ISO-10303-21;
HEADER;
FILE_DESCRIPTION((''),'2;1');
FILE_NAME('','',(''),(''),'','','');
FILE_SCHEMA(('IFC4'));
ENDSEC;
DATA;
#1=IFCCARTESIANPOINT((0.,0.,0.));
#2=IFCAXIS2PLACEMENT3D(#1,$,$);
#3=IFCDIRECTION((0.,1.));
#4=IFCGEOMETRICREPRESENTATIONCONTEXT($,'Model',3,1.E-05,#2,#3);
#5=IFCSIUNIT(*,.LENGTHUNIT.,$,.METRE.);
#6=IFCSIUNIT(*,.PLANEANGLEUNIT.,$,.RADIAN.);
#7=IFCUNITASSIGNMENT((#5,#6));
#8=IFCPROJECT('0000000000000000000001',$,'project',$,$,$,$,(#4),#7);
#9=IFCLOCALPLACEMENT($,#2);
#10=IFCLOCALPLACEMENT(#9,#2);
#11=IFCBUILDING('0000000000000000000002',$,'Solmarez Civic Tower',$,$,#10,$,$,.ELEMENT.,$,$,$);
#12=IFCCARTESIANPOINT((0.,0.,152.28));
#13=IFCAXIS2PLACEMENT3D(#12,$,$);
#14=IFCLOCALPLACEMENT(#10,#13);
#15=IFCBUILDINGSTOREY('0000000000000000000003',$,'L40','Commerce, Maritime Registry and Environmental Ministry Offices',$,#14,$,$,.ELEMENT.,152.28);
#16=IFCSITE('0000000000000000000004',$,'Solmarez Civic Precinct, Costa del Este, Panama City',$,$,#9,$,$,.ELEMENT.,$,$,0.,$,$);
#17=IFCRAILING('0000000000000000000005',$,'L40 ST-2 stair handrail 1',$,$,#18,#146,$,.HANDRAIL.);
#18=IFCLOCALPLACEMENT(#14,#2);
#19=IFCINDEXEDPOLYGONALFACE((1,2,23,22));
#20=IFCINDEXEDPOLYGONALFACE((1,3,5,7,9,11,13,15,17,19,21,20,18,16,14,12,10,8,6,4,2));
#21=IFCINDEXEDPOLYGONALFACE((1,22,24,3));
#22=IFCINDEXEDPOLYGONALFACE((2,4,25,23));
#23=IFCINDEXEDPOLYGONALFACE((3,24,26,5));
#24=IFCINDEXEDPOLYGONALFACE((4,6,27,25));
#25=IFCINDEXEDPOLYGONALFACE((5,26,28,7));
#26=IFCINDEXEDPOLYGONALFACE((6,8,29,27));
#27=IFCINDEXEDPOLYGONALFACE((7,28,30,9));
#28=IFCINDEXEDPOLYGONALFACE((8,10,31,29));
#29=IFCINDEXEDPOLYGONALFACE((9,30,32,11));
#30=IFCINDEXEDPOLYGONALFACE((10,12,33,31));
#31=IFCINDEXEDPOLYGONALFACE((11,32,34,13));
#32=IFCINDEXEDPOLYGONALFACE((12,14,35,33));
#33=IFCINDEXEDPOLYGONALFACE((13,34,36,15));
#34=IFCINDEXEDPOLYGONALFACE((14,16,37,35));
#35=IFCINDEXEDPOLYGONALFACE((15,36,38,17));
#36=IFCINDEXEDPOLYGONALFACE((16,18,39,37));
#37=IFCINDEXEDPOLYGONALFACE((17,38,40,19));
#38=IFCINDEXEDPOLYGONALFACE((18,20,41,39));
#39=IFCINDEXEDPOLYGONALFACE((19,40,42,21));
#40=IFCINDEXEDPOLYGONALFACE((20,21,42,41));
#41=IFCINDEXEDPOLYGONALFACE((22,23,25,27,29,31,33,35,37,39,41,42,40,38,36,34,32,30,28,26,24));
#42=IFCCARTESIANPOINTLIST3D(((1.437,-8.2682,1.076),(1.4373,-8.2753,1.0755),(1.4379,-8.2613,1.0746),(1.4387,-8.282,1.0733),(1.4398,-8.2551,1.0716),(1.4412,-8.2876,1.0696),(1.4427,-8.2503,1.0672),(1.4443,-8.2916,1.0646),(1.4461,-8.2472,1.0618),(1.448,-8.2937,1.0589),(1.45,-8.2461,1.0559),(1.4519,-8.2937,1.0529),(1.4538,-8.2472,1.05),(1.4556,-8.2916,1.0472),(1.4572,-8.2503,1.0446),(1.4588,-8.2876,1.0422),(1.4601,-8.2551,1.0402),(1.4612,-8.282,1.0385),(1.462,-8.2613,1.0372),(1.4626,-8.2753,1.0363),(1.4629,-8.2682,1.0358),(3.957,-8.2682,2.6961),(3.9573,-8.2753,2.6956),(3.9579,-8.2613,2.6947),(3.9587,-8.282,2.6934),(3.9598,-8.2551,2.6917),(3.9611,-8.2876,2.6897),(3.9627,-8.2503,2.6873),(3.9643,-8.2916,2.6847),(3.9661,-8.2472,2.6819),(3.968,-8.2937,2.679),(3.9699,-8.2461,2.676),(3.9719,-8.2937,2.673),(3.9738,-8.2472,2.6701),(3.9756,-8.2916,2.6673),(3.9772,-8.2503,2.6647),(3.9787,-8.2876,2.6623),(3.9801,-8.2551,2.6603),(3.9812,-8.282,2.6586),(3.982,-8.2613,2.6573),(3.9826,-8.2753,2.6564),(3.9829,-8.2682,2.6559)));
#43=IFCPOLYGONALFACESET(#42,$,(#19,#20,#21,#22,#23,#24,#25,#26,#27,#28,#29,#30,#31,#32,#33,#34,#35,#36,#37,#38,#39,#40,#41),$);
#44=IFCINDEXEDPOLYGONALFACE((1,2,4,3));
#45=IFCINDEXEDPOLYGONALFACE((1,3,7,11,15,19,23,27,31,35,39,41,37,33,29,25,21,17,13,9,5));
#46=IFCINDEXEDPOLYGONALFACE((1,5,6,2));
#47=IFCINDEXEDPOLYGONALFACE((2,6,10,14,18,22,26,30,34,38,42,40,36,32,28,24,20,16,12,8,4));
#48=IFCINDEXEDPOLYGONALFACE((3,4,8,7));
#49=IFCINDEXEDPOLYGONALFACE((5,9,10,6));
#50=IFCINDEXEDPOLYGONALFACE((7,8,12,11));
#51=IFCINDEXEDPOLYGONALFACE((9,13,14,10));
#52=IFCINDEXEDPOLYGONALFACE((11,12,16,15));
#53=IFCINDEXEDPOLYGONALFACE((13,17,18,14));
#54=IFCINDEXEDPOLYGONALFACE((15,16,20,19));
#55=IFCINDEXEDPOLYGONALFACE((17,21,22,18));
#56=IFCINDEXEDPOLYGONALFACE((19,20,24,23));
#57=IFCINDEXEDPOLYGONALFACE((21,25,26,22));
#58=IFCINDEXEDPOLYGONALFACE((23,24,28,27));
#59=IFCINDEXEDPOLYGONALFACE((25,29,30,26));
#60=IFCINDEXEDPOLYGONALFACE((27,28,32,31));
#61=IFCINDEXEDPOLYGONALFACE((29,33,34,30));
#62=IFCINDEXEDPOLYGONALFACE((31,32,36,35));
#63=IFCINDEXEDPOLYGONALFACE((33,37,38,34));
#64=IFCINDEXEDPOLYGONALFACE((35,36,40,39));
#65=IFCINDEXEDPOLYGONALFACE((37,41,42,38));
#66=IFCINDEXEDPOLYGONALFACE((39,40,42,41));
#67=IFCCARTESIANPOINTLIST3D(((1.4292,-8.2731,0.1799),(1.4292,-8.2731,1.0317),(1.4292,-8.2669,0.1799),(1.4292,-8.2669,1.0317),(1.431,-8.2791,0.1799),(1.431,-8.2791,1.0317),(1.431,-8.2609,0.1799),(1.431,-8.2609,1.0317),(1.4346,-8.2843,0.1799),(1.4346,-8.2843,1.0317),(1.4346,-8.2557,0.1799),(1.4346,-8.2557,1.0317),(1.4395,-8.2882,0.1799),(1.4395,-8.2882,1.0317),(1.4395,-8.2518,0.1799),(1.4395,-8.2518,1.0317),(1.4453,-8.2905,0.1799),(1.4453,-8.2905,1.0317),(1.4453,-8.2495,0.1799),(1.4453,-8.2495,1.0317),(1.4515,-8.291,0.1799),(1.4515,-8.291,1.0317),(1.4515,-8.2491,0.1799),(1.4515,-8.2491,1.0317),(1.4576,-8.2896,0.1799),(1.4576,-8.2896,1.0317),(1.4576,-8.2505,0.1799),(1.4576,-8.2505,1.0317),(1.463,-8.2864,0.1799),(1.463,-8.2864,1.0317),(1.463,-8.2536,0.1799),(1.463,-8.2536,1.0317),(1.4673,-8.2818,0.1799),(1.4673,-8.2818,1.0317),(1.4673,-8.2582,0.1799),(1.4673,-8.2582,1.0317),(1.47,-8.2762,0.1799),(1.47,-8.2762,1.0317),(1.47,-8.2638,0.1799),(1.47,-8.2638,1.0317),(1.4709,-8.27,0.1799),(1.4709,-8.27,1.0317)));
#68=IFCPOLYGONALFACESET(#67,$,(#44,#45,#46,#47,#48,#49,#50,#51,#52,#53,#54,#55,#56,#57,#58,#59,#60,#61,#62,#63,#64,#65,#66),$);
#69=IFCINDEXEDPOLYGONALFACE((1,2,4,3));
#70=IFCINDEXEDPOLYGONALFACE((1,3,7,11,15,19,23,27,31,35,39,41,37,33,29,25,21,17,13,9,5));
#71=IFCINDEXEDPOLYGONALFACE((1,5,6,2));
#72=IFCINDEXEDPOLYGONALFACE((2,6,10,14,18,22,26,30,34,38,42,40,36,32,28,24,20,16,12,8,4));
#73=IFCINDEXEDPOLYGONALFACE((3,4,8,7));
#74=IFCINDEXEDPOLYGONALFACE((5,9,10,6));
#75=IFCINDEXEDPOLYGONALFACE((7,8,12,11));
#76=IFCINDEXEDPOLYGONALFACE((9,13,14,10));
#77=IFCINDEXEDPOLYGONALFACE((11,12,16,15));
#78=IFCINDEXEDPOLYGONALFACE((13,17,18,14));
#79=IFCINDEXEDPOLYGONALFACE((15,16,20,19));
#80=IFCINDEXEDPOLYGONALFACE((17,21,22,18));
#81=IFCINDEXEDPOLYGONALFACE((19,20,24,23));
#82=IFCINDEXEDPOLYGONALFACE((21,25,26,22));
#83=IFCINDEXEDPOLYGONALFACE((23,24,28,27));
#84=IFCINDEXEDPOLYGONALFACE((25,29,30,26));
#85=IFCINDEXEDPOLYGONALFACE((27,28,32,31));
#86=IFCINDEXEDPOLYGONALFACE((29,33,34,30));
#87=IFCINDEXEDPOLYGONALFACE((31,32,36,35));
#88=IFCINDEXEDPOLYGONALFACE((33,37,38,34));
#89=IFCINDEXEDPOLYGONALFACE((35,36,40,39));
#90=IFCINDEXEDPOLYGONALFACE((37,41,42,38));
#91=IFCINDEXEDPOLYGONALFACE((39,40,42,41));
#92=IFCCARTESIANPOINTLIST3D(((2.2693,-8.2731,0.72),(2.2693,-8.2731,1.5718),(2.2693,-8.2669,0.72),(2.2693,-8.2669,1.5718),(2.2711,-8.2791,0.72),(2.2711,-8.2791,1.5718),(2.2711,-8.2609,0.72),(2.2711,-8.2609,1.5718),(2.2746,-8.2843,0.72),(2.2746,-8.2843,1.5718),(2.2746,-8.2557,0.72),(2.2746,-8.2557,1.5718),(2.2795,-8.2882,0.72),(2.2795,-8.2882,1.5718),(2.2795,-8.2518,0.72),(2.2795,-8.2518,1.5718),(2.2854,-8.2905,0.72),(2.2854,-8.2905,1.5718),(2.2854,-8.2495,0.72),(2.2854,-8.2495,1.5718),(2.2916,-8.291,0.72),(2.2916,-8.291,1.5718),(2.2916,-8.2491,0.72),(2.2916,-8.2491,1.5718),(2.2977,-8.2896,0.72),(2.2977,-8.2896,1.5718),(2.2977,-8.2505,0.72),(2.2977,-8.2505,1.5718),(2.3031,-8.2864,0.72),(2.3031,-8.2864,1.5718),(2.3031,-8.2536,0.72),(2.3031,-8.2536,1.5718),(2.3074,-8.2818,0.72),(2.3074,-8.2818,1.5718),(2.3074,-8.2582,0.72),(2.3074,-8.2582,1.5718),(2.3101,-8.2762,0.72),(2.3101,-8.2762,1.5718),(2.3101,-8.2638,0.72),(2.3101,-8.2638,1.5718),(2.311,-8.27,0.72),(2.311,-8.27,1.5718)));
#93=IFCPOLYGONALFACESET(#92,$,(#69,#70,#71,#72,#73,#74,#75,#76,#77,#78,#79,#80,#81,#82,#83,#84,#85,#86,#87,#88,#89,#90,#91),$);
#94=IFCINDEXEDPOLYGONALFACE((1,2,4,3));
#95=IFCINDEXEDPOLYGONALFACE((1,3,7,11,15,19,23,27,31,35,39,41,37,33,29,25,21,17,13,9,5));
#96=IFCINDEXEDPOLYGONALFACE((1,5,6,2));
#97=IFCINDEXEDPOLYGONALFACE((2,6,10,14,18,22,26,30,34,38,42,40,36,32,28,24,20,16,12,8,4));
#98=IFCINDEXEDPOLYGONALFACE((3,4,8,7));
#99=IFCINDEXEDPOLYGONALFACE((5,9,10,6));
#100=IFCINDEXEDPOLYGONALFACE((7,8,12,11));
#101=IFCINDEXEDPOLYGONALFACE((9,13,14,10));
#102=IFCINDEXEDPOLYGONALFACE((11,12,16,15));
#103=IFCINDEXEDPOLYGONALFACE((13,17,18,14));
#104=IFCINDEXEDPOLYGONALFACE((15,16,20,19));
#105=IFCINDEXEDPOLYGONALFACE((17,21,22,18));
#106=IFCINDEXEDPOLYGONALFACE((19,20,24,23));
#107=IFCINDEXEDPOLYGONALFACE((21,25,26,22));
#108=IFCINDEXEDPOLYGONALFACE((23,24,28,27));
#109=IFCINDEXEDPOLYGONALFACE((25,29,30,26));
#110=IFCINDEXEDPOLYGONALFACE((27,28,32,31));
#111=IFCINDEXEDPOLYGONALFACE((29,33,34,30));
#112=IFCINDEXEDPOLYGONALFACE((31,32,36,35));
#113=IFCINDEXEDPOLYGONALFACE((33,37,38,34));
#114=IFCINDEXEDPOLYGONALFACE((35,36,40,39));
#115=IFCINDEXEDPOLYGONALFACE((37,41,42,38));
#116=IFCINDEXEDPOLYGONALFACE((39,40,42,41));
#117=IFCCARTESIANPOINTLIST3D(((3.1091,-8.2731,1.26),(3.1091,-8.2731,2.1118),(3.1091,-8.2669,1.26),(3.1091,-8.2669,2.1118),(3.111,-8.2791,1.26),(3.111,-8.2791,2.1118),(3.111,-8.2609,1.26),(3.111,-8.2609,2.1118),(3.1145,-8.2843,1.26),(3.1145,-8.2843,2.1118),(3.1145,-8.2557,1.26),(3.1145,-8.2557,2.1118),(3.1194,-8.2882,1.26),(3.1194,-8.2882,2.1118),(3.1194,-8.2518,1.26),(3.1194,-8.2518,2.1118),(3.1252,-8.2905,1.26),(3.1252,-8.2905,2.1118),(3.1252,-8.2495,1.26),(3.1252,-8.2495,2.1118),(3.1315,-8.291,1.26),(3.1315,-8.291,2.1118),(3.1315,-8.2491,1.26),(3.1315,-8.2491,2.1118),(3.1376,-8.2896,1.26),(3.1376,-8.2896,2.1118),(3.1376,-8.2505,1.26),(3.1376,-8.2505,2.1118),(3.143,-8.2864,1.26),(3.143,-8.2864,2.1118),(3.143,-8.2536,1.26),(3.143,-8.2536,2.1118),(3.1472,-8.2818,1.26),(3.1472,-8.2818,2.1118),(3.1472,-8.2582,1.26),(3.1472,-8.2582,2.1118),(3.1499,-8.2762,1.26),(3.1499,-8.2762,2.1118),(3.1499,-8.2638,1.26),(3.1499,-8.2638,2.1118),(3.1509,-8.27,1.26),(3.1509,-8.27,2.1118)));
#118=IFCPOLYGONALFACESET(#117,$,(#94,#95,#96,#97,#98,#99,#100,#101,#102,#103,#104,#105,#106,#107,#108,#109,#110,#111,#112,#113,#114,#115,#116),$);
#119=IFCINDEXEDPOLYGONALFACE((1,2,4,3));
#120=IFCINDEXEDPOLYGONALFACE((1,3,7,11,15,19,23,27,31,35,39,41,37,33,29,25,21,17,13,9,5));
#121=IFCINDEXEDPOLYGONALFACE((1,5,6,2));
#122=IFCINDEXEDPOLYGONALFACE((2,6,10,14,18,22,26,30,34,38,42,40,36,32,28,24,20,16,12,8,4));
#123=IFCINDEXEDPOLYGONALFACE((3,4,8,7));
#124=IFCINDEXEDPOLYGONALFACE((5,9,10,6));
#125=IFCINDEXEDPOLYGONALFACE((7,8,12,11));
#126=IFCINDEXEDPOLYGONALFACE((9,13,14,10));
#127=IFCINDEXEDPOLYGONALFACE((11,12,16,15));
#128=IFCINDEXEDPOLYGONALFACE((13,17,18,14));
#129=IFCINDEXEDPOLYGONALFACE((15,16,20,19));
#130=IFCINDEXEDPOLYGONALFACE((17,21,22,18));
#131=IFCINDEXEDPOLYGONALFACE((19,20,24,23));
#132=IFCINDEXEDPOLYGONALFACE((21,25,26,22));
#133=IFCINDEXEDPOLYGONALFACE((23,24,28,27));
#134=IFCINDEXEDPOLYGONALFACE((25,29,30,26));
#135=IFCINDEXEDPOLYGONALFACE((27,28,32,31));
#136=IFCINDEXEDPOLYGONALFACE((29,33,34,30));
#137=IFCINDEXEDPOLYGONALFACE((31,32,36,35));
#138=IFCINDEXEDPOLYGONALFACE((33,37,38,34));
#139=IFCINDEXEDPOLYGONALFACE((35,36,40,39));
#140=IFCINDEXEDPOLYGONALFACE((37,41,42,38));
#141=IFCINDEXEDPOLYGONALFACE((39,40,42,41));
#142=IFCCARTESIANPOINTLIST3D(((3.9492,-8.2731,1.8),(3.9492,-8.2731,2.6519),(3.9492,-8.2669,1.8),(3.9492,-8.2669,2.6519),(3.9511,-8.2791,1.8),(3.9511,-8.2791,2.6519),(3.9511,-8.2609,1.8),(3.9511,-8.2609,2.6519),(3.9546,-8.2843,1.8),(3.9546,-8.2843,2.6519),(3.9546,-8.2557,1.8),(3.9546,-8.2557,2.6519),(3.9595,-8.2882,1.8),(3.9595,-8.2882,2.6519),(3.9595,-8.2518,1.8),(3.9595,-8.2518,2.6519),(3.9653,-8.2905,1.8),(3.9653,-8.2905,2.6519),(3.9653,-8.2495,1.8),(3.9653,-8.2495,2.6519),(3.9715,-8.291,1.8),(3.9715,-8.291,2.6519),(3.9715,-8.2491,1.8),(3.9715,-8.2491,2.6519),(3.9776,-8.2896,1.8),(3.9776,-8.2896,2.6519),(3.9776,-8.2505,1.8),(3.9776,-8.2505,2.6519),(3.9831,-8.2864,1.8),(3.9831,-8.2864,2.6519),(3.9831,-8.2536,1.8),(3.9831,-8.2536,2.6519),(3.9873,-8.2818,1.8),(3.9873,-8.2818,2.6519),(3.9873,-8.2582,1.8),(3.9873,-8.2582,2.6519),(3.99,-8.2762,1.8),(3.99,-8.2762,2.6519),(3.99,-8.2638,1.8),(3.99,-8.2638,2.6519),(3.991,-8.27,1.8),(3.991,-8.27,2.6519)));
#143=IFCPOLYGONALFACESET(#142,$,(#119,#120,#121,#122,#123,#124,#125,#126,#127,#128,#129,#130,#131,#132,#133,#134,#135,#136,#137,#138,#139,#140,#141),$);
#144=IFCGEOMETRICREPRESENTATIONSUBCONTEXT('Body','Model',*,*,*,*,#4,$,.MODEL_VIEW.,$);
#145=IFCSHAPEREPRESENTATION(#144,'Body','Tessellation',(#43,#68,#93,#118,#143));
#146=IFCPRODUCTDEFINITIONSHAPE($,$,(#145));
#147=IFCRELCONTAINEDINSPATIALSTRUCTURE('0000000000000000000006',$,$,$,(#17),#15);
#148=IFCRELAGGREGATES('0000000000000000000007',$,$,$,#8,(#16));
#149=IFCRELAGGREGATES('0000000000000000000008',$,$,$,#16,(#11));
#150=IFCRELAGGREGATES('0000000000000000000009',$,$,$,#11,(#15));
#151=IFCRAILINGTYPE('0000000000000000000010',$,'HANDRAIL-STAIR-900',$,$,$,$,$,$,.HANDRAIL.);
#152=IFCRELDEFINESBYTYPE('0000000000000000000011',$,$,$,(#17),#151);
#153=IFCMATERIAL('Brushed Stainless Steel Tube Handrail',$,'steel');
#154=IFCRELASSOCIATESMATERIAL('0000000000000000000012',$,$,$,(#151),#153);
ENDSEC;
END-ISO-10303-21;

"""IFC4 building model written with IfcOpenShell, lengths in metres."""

from ifc_helpers import new_model, si_unit, direction, frame, origin, origin_2d, place, context, subcontext, project, spatial, circle, extrude, material, type_object, element, save


model = new_model("IFC4")

# Units and contexts
model_context = context("Model", 3, precision=1e-05, world=origin(), true_north=direction((0.0, 1.0)))
body_context = subcontext(model_context, "Body", "Model", "MODEL_VIEW")
ifc_project = project(units=[si_unit("LENGTHUNIT", "METRE"), si_unit("PLANEANGLEUNIT", "RADIAN")], contexts=[model_context])

# Site, building, storey
site_placement = place(None, origin())
site = spatial("IfcSite", under=ifc_project, at=site_placement, Name="Solmarez Civic Precinct, Costa del Este, Panama City", CompositionType="ELEMENT", RefElevation=0.0)
building_placement = place(site_placement, origin())
building = spatial("IfcBuilding", under=site, at=building_placement, Name="Solmarez Civic Tower", CompositionType="ELEMENT")
storey_placement = place(building_placement, frame((0.0, 0.0, 152.28)))
storey = spatial("IfcBuildingStorey", under=building, at=storey_placement, Name="L40", Description="Commerce, Maritime Registry and Environmental Ministry Offices", CompositionType="ELEMENT", Elevation=152.28)

# Railing
ifc_material_1 = material(Name="Brushed Stainless Steel Tube Handrail", Category="steel")
railing_type_1 = type_object("IfcRailingType", Name="HANDRAIL-STAIR-900", PredefinedType="HANDRAIL", material=ifc_material_1)
railing_1_placement = place(storey_placement, frame((1.45, -8.27, 0.1799)))
element("IfcRailing", 1, at=railing_1_placement, inside=storey, type_object=railing_type_1, Name="L40 ST-2 stair handrail 1", PredefinedType="HANDRAIL", context=body_context, shape_type="SweptSolid", body=[
    extrude(circle(Radius=0.0239, at=origin_2d()), frame((0.0, 0.0, 0.876), z_axis=(0.841163, 0.0, 0.540782), x_axis=(0.0, 1.0, 0.0)), (0.0, 0.0, 1.0), 2.9958),
    extrude(circle(Radius=0.021, at=origin_2d()), origin(), (0.0, 0.0, 1.0), 0.8518),
    extrude(circle(Radius=0.021, at=origin_2d()), frame((0.8401, 0.0, 0.54)), (0.0, 0.0, 1.0), 0.8518),
    extrude(circle(Radius=0.021, at=origin_2d()), frame((1.6799, 0.0, 1.0801)), (0.0, 0.0, 1.0), 0.8518),
    extrude(circle(Radius=0.021, at=origin_2d()), frame((2.52, 0.0, 1.6201)), (0.0, 0.0, 1.0), 0.8518),
])

save(model, "model.ifc")
